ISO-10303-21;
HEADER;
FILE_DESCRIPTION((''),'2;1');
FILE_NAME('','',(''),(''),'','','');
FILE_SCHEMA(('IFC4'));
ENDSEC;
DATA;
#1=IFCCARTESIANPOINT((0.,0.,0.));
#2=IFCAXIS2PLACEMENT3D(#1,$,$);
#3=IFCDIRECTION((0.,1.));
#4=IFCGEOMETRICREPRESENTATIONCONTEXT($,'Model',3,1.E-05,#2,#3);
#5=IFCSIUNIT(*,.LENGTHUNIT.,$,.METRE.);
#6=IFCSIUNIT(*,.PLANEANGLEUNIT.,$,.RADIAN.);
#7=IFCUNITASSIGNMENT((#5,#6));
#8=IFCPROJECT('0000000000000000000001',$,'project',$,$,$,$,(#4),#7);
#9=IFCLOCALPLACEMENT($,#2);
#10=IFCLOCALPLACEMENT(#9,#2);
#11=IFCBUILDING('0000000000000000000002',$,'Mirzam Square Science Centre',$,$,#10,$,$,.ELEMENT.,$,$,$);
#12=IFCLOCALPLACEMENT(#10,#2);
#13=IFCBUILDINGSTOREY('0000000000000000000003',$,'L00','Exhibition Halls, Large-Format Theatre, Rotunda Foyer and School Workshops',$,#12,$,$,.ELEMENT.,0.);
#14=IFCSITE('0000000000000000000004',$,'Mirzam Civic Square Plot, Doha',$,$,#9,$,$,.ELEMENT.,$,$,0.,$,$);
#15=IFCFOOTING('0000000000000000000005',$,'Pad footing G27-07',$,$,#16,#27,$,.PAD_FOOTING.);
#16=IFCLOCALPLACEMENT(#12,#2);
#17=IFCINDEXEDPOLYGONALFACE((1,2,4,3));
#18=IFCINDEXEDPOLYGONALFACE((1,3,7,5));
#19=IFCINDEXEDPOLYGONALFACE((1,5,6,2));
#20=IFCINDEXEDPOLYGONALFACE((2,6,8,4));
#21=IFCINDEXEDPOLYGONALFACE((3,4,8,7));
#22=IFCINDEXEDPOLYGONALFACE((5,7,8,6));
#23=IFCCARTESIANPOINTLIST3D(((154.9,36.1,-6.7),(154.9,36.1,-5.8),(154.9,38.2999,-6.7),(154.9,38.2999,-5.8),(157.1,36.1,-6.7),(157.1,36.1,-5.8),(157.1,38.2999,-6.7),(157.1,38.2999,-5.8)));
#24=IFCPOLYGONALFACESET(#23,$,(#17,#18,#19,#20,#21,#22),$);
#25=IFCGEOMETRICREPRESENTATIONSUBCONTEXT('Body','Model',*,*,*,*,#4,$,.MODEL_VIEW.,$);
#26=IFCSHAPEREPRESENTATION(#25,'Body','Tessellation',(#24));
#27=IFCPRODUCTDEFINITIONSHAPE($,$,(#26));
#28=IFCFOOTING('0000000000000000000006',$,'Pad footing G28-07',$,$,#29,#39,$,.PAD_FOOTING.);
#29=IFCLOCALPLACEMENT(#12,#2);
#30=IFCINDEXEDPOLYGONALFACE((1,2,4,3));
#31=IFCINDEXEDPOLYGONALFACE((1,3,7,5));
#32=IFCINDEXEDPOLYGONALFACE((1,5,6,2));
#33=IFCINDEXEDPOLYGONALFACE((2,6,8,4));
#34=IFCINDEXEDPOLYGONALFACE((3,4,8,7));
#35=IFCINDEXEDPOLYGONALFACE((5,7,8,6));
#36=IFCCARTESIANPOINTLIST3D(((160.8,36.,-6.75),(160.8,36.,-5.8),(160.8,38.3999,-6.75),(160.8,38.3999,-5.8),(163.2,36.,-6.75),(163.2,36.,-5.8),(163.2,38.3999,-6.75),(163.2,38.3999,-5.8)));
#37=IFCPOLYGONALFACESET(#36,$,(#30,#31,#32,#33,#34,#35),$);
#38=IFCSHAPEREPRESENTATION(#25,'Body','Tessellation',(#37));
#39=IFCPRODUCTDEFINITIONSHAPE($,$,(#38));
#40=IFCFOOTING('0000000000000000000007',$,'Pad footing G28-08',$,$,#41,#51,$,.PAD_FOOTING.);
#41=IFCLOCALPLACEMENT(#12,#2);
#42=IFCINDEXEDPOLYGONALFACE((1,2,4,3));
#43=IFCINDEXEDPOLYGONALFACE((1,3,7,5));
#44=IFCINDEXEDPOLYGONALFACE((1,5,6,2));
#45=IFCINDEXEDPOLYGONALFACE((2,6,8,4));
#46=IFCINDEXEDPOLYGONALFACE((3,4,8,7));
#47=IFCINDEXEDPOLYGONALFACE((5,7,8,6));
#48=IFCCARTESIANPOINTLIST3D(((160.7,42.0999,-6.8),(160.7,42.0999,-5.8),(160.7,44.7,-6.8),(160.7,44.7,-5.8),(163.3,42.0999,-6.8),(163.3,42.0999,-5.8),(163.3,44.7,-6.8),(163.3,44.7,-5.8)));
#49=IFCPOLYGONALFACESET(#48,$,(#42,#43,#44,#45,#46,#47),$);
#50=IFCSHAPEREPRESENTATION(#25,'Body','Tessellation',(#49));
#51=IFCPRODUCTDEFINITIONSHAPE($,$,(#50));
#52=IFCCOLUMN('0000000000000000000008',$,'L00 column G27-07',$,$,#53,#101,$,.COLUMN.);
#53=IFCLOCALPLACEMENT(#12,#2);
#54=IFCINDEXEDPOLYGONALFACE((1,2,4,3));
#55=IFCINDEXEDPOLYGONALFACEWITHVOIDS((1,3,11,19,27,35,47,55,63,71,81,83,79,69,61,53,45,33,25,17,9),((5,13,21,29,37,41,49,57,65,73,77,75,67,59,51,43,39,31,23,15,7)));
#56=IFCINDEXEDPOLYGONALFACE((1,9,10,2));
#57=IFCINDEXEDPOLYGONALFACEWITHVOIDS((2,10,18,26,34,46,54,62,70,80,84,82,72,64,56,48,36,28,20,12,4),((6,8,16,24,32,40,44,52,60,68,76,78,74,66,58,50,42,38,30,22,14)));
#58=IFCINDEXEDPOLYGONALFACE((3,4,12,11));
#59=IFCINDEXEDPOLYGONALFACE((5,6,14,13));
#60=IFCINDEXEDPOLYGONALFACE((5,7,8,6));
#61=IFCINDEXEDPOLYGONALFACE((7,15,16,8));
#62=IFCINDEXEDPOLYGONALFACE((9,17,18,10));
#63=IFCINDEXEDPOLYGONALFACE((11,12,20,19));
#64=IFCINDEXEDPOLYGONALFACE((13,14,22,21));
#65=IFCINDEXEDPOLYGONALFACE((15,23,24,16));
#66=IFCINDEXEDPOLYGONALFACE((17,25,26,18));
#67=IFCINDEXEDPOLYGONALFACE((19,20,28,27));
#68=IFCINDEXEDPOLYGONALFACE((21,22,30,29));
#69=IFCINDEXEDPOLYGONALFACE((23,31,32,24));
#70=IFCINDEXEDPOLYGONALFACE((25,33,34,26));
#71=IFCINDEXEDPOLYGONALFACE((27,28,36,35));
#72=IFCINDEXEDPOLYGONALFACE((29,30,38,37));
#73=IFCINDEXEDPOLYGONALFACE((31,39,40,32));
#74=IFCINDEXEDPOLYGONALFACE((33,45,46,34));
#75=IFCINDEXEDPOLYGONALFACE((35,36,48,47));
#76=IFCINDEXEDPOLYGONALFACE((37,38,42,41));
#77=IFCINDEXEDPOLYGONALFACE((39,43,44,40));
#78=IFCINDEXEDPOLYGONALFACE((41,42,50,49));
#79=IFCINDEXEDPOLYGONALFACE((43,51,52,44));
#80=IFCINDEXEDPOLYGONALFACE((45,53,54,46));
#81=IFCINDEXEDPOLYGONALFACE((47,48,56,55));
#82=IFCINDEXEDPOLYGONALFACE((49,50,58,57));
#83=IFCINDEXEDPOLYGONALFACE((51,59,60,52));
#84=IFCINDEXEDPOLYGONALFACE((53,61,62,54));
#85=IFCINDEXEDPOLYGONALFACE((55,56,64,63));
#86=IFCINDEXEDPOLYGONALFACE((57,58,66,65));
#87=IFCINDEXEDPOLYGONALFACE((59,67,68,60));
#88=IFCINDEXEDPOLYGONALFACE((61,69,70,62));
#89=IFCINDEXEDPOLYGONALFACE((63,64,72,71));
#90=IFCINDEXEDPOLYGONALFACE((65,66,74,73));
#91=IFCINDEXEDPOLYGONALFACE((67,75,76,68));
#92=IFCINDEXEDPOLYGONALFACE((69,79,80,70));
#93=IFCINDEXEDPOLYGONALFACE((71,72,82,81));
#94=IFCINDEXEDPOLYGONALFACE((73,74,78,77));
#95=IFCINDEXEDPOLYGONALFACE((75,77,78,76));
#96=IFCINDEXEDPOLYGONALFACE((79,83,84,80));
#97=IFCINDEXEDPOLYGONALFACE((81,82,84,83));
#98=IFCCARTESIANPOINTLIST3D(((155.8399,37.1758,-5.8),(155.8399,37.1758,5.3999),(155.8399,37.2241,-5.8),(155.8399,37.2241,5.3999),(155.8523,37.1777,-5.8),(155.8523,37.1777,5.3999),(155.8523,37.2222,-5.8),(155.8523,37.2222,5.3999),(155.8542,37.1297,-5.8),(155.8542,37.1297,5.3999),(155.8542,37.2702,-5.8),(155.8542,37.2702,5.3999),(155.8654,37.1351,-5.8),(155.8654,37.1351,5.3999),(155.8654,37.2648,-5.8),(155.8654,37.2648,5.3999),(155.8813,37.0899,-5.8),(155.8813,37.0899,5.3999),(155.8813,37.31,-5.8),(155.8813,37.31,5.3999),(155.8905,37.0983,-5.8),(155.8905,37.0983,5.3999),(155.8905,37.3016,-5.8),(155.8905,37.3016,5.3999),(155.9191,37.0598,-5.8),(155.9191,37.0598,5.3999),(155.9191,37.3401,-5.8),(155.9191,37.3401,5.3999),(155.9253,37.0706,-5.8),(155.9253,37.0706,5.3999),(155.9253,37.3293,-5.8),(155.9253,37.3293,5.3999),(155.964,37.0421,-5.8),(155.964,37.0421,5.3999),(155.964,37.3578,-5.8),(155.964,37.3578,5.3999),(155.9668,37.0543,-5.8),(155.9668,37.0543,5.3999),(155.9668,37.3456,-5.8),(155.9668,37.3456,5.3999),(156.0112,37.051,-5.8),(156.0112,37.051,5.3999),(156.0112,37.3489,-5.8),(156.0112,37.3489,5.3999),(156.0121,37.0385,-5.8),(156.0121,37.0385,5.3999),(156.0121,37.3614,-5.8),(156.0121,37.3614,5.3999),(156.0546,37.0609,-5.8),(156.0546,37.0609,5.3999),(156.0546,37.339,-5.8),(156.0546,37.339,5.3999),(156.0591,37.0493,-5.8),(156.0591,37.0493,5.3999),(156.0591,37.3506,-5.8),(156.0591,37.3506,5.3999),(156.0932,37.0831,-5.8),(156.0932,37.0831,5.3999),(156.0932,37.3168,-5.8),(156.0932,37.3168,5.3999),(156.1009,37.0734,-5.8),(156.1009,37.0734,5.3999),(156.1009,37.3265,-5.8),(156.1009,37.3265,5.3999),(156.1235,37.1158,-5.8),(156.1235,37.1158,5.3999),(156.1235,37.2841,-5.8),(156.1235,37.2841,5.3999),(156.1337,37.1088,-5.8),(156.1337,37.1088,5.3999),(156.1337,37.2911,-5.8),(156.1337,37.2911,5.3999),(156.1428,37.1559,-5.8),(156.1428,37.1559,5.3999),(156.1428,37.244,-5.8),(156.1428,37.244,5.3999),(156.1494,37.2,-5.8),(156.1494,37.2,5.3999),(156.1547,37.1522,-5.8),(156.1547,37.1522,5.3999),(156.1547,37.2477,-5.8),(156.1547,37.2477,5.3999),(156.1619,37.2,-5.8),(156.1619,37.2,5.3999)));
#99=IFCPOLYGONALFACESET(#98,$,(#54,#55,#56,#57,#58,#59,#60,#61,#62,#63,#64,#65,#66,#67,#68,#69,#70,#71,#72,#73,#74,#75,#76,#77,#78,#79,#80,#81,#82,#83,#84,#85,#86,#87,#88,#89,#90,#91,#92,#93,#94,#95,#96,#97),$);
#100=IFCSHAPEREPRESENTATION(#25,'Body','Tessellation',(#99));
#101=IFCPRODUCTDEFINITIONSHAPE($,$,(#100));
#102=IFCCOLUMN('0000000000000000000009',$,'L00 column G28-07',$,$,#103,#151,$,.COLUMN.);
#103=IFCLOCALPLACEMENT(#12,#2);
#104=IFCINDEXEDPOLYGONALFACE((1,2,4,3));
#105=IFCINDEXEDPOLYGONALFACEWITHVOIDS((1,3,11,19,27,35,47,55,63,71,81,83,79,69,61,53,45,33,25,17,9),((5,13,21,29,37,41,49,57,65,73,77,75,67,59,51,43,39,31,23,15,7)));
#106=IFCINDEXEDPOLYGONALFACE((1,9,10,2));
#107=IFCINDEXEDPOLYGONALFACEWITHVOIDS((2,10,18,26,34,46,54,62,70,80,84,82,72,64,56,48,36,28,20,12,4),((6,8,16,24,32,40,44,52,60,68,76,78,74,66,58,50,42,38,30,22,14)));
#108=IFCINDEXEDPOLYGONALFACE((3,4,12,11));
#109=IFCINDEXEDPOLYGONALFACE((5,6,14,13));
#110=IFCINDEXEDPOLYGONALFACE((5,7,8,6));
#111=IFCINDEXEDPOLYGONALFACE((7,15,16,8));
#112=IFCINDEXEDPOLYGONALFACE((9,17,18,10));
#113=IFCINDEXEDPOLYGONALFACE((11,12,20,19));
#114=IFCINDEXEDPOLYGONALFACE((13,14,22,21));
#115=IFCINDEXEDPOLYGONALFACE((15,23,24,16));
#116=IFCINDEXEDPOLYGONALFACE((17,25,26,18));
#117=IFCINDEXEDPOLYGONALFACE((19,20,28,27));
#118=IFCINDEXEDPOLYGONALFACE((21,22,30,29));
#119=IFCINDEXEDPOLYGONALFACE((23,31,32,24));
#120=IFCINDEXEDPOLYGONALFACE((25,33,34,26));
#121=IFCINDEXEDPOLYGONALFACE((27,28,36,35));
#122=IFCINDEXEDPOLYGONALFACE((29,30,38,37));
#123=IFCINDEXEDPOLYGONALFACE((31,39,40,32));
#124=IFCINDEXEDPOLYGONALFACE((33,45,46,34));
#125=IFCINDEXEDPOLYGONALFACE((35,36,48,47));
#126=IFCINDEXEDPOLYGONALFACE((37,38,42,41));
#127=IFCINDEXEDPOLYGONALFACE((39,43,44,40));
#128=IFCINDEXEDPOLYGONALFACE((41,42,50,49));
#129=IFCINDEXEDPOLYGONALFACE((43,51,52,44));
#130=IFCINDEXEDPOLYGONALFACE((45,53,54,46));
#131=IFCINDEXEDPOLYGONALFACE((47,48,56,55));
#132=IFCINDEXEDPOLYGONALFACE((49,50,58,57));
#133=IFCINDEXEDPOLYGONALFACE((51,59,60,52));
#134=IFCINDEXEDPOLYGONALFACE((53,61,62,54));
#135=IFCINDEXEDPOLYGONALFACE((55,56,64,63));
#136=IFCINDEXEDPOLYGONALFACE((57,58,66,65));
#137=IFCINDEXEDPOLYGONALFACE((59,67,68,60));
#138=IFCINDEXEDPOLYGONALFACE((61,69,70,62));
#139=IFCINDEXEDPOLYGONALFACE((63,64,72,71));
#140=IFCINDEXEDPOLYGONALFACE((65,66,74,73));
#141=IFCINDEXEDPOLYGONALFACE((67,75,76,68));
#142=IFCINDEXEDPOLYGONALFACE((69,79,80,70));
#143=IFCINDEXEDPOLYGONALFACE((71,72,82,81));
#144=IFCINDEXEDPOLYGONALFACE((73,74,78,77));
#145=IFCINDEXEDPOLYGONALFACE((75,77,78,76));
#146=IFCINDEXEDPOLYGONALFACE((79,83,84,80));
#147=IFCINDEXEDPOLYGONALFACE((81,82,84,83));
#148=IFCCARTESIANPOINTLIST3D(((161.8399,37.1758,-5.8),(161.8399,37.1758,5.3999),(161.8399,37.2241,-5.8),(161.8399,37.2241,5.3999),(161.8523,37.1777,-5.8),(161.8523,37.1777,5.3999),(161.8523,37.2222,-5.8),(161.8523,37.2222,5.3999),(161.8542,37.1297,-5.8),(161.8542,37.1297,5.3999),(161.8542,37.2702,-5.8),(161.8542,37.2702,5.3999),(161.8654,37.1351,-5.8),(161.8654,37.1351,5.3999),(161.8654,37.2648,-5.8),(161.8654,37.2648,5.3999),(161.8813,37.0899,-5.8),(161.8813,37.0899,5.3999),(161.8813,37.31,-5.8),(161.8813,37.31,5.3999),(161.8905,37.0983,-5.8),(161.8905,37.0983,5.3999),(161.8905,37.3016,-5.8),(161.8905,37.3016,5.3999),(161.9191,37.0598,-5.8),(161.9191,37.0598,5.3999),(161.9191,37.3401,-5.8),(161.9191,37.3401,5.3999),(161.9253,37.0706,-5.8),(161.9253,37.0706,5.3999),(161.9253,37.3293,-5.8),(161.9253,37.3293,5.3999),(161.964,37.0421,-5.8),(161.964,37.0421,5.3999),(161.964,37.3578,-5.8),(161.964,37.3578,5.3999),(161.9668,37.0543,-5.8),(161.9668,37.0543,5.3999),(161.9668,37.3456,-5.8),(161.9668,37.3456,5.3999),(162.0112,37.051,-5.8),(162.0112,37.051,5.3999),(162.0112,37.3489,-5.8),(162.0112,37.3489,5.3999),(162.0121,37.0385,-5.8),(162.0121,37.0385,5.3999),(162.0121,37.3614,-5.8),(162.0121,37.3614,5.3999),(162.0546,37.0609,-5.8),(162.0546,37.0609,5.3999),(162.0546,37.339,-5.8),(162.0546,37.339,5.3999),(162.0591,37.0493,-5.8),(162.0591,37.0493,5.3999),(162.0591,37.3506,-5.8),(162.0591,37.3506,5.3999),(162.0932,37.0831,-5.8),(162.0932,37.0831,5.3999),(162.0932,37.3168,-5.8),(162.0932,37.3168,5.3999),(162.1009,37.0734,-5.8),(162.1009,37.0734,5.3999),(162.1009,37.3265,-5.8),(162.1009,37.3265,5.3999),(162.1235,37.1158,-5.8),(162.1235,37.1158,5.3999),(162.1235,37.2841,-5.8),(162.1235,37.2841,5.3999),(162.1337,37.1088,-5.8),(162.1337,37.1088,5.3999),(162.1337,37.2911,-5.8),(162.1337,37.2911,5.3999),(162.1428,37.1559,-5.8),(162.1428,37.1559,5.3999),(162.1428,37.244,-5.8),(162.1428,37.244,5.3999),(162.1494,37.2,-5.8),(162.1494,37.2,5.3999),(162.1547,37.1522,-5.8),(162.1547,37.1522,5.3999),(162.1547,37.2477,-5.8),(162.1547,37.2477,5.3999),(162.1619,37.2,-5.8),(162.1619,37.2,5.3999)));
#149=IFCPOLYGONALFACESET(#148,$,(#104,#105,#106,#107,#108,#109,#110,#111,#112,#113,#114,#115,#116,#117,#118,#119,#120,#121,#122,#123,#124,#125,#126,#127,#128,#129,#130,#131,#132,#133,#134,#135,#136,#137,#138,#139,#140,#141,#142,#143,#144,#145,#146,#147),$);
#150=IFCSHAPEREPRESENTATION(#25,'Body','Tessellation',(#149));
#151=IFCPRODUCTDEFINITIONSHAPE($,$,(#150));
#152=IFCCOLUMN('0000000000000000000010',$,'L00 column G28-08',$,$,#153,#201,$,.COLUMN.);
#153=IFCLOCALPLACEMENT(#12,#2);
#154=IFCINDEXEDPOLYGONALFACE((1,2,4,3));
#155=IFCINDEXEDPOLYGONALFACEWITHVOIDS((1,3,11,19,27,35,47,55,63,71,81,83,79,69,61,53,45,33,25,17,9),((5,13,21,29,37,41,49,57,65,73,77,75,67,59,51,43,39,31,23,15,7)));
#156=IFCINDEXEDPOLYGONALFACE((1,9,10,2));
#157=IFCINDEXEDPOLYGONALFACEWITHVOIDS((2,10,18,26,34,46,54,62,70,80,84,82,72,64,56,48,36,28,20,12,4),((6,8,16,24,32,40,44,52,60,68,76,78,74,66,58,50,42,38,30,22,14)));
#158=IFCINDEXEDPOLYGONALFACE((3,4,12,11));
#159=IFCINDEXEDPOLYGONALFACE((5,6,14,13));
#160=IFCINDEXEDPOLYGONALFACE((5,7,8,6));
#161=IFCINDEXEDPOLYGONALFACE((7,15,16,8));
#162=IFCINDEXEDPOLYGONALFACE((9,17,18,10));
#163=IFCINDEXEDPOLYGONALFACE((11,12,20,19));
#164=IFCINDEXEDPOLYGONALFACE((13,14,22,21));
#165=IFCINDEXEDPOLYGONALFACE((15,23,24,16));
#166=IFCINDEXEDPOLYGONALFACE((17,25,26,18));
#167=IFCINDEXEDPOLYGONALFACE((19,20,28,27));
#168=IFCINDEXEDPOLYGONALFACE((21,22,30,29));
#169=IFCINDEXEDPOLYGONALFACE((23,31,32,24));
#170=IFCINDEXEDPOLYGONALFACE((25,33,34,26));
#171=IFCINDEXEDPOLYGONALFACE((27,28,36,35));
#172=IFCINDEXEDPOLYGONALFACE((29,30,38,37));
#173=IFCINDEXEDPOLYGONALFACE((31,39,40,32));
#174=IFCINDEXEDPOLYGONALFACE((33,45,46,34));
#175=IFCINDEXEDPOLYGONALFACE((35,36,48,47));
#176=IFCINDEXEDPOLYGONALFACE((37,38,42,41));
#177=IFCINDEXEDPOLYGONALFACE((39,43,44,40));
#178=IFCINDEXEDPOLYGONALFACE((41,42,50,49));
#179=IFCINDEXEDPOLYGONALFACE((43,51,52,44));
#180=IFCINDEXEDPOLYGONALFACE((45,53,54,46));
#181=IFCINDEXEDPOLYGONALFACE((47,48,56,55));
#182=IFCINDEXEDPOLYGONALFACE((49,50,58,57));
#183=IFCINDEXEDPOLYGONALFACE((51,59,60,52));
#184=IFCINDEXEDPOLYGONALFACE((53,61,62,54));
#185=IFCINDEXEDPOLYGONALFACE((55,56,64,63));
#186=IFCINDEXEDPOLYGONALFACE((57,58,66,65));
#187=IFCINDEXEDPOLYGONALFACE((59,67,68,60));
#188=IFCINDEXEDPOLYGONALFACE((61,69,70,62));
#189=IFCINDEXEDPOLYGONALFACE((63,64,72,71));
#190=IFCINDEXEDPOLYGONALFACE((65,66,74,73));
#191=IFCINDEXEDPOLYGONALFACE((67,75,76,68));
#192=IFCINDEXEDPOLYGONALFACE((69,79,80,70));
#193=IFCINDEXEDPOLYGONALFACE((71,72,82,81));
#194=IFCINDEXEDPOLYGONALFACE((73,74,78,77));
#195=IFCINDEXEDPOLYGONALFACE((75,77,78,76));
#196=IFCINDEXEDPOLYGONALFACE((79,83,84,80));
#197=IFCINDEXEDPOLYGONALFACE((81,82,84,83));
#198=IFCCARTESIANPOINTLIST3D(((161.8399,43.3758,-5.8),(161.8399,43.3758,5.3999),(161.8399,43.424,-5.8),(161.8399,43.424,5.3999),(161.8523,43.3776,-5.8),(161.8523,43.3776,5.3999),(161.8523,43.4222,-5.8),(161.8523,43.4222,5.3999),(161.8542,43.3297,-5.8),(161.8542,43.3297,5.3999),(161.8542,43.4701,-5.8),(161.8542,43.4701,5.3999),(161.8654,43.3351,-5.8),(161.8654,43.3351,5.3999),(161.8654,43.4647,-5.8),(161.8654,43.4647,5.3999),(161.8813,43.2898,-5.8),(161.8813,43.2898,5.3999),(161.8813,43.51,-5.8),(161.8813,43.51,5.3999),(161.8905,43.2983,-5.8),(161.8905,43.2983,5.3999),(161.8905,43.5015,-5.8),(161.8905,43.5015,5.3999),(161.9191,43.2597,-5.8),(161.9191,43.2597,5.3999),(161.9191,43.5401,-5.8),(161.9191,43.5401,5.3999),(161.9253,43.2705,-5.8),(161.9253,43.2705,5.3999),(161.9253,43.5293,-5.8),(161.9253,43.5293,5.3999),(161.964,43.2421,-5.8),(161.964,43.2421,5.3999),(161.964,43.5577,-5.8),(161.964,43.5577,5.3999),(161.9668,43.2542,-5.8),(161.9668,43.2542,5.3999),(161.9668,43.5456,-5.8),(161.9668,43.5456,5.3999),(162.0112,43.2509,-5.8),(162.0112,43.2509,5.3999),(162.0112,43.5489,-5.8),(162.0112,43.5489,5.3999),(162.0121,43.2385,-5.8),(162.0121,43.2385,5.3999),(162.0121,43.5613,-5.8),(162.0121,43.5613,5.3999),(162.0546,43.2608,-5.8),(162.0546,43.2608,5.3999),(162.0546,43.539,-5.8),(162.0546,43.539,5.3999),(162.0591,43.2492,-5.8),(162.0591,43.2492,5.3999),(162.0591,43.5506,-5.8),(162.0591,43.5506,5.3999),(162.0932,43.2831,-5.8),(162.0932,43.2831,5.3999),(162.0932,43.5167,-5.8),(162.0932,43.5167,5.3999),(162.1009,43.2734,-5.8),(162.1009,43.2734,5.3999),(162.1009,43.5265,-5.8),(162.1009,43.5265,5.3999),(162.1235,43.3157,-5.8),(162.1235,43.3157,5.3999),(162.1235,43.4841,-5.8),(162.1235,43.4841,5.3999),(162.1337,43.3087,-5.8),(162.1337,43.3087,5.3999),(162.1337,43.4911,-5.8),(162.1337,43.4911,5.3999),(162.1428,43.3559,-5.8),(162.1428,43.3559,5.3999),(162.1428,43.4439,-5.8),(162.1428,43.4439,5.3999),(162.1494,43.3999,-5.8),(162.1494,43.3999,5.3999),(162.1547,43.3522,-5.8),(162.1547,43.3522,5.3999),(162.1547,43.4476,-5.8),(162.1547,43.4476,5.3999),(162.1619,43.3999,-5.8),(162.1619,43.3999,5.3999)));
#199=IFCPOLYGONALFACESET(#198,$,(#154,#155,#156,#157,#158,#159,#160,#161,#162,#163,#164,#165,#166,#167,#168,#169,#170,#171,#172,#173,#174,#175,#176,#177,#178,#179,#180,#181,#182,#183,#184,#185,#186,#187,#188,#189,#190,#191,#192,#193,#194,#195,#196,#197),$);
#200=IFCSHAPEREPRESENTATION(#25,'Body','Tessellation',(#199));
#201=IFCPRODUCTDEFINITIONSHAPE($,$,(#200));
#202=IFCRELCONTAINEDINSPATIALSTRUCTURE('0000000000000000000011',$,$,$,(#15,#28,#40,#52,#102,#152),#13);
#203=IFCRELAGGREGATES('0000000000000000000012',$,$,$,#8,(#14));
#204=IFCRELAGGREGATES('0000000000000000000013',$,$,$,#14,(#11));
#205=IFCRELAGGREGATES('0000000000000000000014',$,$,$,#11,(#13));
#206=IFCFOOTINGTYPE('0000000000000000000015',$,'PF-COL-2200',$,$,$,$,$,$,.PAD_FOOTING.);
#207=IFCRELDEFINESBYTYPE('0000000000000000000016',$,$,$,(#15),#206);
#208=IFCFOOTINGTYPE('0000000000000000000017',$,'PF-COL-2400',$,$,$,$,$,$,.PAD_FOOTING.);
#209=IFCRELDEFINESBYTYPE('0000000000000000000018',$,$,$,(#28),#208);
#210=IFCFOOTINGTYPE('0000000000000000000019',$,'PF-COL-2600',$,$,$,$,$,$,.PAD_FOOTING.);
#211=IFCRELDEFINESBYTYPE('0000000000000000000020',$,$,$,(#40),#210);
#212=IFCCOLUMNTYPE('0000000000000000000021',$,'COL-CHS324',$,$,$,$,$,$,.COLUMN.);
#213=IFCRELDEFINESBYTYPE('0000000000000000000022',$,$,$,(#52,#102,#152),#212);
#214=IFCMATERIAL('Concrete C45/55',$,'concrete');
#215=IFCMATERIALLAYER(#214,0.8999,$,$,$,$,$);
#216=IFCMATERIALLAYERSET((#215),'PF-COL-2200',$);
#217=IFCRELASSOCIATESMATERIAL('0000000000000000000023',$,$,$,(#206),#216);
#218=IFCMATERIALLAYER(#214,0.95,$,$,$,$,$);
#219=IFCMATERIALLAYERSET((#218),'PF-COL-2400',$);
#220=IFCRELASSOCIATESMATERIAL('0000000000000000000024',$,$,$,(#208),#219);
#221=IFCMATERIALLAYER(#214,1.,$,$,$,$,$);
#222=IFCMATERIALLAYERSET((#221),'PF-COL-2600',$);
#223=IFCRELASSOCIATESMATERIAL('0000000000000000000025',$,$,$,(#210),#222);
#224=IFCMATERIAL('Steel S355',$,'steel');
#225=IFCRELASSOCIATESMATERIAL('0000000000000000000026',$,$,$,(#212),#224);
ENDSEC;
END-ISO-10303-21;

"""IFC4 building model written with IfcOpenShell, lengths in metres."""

from ifc_helpers import new_model, si_unit, direction, frame, origin, origin_2d, place, context, subcontext, project, spatial, rectangle, hollow_circle, extrude, material, layer, layer_set, material_profile, profile_set, type_object, element, save


model = new_model("IFC4")

# Units and contexts
model_context = context("Model", 3, precision=1e-05, world=origin(), true_north=direction((0.0, 1.0)))
body_context = subcontext(model_context, "Body", "Model", "MODEL_VIEW")
ifc_project = project(units=[si_unit("LENGTHUNIT", "METRE"), si_unit("PLANEANGLEUNIT", "RADIAN")], contexts=[model_context])

# Site, building, storey
site_placement = place(None, origin())
site = spatial("IfcSite", under=ifc_project, at=site_placement, Name="Mirzam Civic Square Plot, Doha", CompositionType="ELEMENT", RefElevation=0.0)
building_placement = place(site_placement, origin())
building = spatial("IfcBuilding", under=site, at=building_placement, Name="Mirzam Square Science Centre", CompositionType="ELEMENT")
storey_placement = place(building_placement, origin())
storey = spatial("IfcBuildingStorey", under=building, at=storey_placement, Name="L00", Description="Exhibition Halls, Large-Format Theatre, Rotunda Foyer and School Workshops", CompositionType="ELEMENT", Elevation=0.0)

# Footings
ifc_material_1 = material(Name="Concrete C45/55", Category="concrete")
ifc_layer_1 = layer(ifc_material_1, 0.8999)
ifc_layer_set_1 = layer_set([ifc_layer_1], Name="PF-COL-2200")
footing_type_1 = type_object("IfcFootingType", Name="PF-COL-2200", PredefinedType="PAD_FOOTING", material=ifc_layer_set_1)
footing_1_placement = place(storey_placement, frame((156.0, 37.2, -6.7), z_axis=(0.0, 0.0, 1.0), x_axis=(1.0, 0.0, 0.0)))
element("IfcFooting", 1, at=footing_1_placement, inside=storey, type_object=footing_type_1, Name="Pad footing G27-07", PredefinedType="PAD_FOOTING", context=body_context, shape_type="SweptSolid", body=[
    extrude(rectangle(XDim=2.2, YDim=2.2, at=origin_2d()), origin(), (0.0, 0.0, 1.0), 0.8999),
])
ifc_layer_2 = layer(ifc_material_1, 0.95)
ifc_layer_set_2 = layer_set([ifc_layer_2], Name="PF-COL-2400")
footing_type_2 = type_object("IfcFootingType", Name="PF-COL-2400", PredefinedType="PAD_FOOTING", material=ifc_layer_set_2)
footing_2_placement = place(storey_placement, frame((162.0, 37.2, -6.75), z_axis=(0.0, 0.0, 1.0), x_axis=(1.0, 0.0, 0.0)))
element("IfcFooting", 2, at=footing_2_placement, inside=storey, type_object=footing_type_2, Name="Pad footing G28-07", PredefinedType="PAD_FOOTING", context=body_context, shape_type="SweptSolid", body=[
    extrude(rectangle(XDim=2.3999, YDim=2.3999, at=origin_2d()), origin(), (0.0, 0.0, 1.0), 0.95),
])
ifc_layer_3 = layer(ifc_material_1, 1.0)
ifc_layer_set_3 = layer_set([ifc_layer_3], Name="PF-COL-2600")
footing_type_3 = type_object("IfcFootingType", Name="PF-COL-2600", PredefinedType="PAD_FOOTING", material=ifc_layer_set_3)
footing_3_placement = place(storey_placement, frame((162.0, 43.3999, -6.8), z_axis=(0.0, 0.0, 1.0), x_axis=(1.0, 0.0, 0.0)))
element("IfcFooting", 3, at=footing_3_placement, inside=storey, type_object=footing_type_3, Name="Pad footing G28-08", PredefinedType="PAD_FOOTING", context=body_context, shape_type="SweptSolid", body=[
    extrude(rectangle(XDim=2.6001, YDim=2.6001, at=origin_2d()), origin(), (0.0, 0.0, 1.0), 1.0),
])

# Columns
ifc_material_2 = material(Name="Steel S355", Category="steel")
ifc_material_profile_1 = material_profile(ifc_material_2, hollow_circle(Radius=0.1619, WallThickness=0.0125, at=origin_2d()), Name="323.9x12.5CHS")
ifc_profile_set_1 = profile_set([ifc_material_profile_1], Name="Steel S355")
column_type_1 = type_object("IfcColumnType", Name="COL-CHS324", PredefinedType="COLUMN", material=ifc_profile_set_1)
for number, where, z_axis, x_axis, name in (
    (4, (156.0, 37.2, -5.8), (0.0, 0.0, 1.0), (1.0, 0.0, 0.0), "L00 column G27-07"),
    (5, (162.0, 37.2, -5.8), (0.0, 0.0, 1.0), (1.0, 0.0, 0.0), "L00 column G28-07"),
    (6, (162.0, 43.3999, -5.8), (0.0, 0.0, 1.0), (1.0, 0.0, 0.0), "L00 column G28-08"),
):
    element("IfcColumn", number, at=place(storey_placement, frame(where, z_axis=z_axis, x_axis=x_axis)), inside=storey, type_object=column_type_1, Name=name, PredefinedType="COLUMN", context=body_context, shape_type="SweptSolid", body=[
        extrude(hollow_circle(Radius=0.1619, WallThickness=0.0125, at=origin_2d()), origin(), (0.0, 0.0, 1.0), 11.2),
    ])

save(model, "model.ifc")
